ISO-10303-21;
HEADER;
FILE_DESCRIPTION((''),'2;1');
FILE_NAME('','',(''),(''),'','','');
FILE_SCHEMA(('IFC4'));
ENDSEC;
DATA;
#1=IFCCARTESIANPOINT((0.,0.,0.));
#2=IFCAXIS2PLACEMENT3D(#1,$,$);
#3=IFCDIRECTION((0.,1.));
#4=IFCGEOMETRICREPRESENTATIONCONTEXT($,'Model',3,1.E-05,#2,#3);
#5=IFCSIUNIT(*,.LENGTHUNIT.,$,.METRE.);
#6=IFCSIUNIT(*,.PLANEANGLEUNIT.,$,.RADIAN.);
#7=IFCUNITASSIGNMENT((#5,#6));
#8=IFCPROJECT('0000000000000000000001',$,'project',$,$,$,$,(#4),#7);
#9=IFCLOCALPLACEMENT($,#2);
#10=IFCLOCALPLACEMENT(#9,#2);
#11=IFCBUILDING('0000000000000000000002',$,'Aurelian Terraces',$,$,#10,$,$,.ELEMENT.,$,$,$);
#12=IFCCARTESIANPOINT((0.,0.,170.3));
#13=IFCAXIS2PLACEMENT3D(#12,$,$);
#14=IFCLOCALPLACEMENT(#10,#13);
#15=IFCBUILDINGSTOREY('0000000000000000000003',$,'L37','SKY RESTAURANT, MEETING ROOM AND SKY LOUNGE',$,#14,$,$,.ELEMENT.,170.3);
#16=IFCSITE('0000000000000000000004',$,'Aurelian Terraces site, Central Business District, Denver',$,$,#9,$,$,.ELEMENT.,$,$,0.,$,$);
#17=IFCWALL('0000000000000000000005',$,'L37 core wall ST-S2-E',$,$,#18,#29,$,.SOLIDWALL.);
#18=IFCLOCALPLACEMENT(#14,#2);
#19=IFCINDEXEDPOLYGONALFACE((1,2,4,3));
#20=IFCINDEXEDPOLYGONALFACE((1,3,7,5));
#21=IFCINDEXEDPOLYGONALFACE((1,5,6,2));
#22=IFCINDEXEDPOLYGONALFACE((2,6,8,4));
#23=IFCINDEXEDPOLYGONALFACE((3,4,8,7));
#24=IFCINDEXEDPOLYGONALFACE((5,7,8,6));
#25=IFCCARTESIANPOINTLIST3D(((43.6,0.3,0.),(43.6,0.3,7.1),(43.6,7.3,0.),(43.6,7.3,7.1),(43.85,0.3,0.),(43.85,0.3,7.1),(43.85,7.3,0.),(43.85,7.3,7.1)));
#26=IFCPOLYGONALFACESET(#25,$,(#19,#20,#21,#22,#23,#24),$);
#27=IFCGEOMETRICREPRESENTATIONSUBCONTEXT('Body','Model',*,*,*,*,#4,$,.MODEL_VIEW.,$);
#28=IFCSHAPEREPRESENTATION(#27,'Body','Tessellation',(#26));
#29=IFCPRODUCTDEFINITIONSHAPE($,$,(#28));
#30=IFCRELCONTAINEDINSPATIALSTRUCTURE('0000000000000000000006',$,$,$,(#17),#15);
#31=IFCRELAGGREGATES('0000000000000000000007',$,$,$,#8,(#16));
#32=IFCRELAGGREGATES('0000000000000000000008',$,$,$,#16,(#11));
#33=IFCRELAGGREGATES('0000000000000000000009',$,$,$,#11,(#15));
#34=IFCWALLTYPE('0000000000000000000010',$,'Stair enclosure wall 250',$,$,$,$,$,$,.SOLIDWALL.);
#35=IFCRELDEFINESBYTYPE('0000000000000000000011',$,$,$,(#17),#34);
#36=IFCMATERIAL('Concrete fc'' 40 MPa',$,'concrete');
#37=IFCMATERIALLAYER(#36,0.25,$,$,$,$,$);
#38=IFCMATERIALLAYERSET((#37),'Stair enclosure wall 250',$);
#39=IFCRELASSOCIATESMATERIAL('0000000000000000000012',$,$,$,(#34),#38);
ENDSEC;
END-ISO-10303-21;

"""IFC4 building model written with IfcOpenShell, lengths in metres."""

from ifc_helpers import new_model, si_unit, direction, frame, frame_2d, origin, place, context, subcontext, project, spatial, rectangle, extrude, source, transform, mapped, material, layer, layer_set, type_object, element, save


model = new_model("IFC4")

# Units and contexts
model_context = context("Model", 3, precision=1e-05, world=origin(), true_north=direction((0.0, 1.0)))
body_context = subcontext(model_context, "Body", "Model", "MODEL_VIEW")
ifc_project = project(units=[si_unit("LENGTHUNIT", "METRE"), si_unit("PLANEANGLEUNIT", "RADIAN")], contexts=[model_context])

# Site, building, storey
site_placement = place(None, origin())
site = spatial("IfcSite", under=ifc_project, at=site_placement, Name="Aurelian Terraces site, Central Business District, Denver", CompositionType="ELEMENT", RefElevation=0.0)
building_placement = place(site_placement, origin())
building = spatial("IfcBuilding", under=site, at=building_placement, Name="Aurelian Terraces", CompositionType="ELEMENT")
storey_placement = place(building_placement, frame((0.0, 0.0, 170.3)))
storey = spatial("IfcBuildingStorey", under=building, at=storey_placement, Name="L37", Description="SKY RESTAURANT, MEETING ROOM AND SKY LOUNGE", CompositionType="ELEMENT", Elevation=170.3)

# Shared definitions
ifc_material_1 = material(Name="Concrete fc' 40 MPa", Category="concrete")

# Wall
ifc_layer_1 = layer(ifc_material_1, 0.25)
ifc_layer_set_1 = layer_set([ifc_layer_1], Name="Stair enclosure wall 250")
wall_type_1 = type_object("IfcWallType", Name="Stair enclosure wall 250", PredefinedType="SOLIDWALL", material=ifc_layer_set_1)
shared_shape_1 = source(origin(), body_context, "Body", "SweptSolid", [
    extrude(rectangle(XDim=7.0, YDim=0.25, at=frame_2d((3.5, 0.0))), origin(), (0.0, 0.0, 1.0), 7.1),
])
wall_1_placement = place(storey_placement, frame((43.725, 0.3, 0.0), z_axis=(0.0, 0.0, 1.0), x_axis=(0.0, 1.0, 0.0)))
element("IfcWall", 1, at=wall_1_placement, inside=storey, type_object=wall_type_1, Name="L37 core wall ST-S2-E", PredefinedType="SOLIDWALL", context=body_context, shape_type="MappedRepresentation", body=[
    mapped(shared_shape_1, transform((0.0, 0.0, 0.0), scale=1.0)),
])

save(model, "model.ifc")
